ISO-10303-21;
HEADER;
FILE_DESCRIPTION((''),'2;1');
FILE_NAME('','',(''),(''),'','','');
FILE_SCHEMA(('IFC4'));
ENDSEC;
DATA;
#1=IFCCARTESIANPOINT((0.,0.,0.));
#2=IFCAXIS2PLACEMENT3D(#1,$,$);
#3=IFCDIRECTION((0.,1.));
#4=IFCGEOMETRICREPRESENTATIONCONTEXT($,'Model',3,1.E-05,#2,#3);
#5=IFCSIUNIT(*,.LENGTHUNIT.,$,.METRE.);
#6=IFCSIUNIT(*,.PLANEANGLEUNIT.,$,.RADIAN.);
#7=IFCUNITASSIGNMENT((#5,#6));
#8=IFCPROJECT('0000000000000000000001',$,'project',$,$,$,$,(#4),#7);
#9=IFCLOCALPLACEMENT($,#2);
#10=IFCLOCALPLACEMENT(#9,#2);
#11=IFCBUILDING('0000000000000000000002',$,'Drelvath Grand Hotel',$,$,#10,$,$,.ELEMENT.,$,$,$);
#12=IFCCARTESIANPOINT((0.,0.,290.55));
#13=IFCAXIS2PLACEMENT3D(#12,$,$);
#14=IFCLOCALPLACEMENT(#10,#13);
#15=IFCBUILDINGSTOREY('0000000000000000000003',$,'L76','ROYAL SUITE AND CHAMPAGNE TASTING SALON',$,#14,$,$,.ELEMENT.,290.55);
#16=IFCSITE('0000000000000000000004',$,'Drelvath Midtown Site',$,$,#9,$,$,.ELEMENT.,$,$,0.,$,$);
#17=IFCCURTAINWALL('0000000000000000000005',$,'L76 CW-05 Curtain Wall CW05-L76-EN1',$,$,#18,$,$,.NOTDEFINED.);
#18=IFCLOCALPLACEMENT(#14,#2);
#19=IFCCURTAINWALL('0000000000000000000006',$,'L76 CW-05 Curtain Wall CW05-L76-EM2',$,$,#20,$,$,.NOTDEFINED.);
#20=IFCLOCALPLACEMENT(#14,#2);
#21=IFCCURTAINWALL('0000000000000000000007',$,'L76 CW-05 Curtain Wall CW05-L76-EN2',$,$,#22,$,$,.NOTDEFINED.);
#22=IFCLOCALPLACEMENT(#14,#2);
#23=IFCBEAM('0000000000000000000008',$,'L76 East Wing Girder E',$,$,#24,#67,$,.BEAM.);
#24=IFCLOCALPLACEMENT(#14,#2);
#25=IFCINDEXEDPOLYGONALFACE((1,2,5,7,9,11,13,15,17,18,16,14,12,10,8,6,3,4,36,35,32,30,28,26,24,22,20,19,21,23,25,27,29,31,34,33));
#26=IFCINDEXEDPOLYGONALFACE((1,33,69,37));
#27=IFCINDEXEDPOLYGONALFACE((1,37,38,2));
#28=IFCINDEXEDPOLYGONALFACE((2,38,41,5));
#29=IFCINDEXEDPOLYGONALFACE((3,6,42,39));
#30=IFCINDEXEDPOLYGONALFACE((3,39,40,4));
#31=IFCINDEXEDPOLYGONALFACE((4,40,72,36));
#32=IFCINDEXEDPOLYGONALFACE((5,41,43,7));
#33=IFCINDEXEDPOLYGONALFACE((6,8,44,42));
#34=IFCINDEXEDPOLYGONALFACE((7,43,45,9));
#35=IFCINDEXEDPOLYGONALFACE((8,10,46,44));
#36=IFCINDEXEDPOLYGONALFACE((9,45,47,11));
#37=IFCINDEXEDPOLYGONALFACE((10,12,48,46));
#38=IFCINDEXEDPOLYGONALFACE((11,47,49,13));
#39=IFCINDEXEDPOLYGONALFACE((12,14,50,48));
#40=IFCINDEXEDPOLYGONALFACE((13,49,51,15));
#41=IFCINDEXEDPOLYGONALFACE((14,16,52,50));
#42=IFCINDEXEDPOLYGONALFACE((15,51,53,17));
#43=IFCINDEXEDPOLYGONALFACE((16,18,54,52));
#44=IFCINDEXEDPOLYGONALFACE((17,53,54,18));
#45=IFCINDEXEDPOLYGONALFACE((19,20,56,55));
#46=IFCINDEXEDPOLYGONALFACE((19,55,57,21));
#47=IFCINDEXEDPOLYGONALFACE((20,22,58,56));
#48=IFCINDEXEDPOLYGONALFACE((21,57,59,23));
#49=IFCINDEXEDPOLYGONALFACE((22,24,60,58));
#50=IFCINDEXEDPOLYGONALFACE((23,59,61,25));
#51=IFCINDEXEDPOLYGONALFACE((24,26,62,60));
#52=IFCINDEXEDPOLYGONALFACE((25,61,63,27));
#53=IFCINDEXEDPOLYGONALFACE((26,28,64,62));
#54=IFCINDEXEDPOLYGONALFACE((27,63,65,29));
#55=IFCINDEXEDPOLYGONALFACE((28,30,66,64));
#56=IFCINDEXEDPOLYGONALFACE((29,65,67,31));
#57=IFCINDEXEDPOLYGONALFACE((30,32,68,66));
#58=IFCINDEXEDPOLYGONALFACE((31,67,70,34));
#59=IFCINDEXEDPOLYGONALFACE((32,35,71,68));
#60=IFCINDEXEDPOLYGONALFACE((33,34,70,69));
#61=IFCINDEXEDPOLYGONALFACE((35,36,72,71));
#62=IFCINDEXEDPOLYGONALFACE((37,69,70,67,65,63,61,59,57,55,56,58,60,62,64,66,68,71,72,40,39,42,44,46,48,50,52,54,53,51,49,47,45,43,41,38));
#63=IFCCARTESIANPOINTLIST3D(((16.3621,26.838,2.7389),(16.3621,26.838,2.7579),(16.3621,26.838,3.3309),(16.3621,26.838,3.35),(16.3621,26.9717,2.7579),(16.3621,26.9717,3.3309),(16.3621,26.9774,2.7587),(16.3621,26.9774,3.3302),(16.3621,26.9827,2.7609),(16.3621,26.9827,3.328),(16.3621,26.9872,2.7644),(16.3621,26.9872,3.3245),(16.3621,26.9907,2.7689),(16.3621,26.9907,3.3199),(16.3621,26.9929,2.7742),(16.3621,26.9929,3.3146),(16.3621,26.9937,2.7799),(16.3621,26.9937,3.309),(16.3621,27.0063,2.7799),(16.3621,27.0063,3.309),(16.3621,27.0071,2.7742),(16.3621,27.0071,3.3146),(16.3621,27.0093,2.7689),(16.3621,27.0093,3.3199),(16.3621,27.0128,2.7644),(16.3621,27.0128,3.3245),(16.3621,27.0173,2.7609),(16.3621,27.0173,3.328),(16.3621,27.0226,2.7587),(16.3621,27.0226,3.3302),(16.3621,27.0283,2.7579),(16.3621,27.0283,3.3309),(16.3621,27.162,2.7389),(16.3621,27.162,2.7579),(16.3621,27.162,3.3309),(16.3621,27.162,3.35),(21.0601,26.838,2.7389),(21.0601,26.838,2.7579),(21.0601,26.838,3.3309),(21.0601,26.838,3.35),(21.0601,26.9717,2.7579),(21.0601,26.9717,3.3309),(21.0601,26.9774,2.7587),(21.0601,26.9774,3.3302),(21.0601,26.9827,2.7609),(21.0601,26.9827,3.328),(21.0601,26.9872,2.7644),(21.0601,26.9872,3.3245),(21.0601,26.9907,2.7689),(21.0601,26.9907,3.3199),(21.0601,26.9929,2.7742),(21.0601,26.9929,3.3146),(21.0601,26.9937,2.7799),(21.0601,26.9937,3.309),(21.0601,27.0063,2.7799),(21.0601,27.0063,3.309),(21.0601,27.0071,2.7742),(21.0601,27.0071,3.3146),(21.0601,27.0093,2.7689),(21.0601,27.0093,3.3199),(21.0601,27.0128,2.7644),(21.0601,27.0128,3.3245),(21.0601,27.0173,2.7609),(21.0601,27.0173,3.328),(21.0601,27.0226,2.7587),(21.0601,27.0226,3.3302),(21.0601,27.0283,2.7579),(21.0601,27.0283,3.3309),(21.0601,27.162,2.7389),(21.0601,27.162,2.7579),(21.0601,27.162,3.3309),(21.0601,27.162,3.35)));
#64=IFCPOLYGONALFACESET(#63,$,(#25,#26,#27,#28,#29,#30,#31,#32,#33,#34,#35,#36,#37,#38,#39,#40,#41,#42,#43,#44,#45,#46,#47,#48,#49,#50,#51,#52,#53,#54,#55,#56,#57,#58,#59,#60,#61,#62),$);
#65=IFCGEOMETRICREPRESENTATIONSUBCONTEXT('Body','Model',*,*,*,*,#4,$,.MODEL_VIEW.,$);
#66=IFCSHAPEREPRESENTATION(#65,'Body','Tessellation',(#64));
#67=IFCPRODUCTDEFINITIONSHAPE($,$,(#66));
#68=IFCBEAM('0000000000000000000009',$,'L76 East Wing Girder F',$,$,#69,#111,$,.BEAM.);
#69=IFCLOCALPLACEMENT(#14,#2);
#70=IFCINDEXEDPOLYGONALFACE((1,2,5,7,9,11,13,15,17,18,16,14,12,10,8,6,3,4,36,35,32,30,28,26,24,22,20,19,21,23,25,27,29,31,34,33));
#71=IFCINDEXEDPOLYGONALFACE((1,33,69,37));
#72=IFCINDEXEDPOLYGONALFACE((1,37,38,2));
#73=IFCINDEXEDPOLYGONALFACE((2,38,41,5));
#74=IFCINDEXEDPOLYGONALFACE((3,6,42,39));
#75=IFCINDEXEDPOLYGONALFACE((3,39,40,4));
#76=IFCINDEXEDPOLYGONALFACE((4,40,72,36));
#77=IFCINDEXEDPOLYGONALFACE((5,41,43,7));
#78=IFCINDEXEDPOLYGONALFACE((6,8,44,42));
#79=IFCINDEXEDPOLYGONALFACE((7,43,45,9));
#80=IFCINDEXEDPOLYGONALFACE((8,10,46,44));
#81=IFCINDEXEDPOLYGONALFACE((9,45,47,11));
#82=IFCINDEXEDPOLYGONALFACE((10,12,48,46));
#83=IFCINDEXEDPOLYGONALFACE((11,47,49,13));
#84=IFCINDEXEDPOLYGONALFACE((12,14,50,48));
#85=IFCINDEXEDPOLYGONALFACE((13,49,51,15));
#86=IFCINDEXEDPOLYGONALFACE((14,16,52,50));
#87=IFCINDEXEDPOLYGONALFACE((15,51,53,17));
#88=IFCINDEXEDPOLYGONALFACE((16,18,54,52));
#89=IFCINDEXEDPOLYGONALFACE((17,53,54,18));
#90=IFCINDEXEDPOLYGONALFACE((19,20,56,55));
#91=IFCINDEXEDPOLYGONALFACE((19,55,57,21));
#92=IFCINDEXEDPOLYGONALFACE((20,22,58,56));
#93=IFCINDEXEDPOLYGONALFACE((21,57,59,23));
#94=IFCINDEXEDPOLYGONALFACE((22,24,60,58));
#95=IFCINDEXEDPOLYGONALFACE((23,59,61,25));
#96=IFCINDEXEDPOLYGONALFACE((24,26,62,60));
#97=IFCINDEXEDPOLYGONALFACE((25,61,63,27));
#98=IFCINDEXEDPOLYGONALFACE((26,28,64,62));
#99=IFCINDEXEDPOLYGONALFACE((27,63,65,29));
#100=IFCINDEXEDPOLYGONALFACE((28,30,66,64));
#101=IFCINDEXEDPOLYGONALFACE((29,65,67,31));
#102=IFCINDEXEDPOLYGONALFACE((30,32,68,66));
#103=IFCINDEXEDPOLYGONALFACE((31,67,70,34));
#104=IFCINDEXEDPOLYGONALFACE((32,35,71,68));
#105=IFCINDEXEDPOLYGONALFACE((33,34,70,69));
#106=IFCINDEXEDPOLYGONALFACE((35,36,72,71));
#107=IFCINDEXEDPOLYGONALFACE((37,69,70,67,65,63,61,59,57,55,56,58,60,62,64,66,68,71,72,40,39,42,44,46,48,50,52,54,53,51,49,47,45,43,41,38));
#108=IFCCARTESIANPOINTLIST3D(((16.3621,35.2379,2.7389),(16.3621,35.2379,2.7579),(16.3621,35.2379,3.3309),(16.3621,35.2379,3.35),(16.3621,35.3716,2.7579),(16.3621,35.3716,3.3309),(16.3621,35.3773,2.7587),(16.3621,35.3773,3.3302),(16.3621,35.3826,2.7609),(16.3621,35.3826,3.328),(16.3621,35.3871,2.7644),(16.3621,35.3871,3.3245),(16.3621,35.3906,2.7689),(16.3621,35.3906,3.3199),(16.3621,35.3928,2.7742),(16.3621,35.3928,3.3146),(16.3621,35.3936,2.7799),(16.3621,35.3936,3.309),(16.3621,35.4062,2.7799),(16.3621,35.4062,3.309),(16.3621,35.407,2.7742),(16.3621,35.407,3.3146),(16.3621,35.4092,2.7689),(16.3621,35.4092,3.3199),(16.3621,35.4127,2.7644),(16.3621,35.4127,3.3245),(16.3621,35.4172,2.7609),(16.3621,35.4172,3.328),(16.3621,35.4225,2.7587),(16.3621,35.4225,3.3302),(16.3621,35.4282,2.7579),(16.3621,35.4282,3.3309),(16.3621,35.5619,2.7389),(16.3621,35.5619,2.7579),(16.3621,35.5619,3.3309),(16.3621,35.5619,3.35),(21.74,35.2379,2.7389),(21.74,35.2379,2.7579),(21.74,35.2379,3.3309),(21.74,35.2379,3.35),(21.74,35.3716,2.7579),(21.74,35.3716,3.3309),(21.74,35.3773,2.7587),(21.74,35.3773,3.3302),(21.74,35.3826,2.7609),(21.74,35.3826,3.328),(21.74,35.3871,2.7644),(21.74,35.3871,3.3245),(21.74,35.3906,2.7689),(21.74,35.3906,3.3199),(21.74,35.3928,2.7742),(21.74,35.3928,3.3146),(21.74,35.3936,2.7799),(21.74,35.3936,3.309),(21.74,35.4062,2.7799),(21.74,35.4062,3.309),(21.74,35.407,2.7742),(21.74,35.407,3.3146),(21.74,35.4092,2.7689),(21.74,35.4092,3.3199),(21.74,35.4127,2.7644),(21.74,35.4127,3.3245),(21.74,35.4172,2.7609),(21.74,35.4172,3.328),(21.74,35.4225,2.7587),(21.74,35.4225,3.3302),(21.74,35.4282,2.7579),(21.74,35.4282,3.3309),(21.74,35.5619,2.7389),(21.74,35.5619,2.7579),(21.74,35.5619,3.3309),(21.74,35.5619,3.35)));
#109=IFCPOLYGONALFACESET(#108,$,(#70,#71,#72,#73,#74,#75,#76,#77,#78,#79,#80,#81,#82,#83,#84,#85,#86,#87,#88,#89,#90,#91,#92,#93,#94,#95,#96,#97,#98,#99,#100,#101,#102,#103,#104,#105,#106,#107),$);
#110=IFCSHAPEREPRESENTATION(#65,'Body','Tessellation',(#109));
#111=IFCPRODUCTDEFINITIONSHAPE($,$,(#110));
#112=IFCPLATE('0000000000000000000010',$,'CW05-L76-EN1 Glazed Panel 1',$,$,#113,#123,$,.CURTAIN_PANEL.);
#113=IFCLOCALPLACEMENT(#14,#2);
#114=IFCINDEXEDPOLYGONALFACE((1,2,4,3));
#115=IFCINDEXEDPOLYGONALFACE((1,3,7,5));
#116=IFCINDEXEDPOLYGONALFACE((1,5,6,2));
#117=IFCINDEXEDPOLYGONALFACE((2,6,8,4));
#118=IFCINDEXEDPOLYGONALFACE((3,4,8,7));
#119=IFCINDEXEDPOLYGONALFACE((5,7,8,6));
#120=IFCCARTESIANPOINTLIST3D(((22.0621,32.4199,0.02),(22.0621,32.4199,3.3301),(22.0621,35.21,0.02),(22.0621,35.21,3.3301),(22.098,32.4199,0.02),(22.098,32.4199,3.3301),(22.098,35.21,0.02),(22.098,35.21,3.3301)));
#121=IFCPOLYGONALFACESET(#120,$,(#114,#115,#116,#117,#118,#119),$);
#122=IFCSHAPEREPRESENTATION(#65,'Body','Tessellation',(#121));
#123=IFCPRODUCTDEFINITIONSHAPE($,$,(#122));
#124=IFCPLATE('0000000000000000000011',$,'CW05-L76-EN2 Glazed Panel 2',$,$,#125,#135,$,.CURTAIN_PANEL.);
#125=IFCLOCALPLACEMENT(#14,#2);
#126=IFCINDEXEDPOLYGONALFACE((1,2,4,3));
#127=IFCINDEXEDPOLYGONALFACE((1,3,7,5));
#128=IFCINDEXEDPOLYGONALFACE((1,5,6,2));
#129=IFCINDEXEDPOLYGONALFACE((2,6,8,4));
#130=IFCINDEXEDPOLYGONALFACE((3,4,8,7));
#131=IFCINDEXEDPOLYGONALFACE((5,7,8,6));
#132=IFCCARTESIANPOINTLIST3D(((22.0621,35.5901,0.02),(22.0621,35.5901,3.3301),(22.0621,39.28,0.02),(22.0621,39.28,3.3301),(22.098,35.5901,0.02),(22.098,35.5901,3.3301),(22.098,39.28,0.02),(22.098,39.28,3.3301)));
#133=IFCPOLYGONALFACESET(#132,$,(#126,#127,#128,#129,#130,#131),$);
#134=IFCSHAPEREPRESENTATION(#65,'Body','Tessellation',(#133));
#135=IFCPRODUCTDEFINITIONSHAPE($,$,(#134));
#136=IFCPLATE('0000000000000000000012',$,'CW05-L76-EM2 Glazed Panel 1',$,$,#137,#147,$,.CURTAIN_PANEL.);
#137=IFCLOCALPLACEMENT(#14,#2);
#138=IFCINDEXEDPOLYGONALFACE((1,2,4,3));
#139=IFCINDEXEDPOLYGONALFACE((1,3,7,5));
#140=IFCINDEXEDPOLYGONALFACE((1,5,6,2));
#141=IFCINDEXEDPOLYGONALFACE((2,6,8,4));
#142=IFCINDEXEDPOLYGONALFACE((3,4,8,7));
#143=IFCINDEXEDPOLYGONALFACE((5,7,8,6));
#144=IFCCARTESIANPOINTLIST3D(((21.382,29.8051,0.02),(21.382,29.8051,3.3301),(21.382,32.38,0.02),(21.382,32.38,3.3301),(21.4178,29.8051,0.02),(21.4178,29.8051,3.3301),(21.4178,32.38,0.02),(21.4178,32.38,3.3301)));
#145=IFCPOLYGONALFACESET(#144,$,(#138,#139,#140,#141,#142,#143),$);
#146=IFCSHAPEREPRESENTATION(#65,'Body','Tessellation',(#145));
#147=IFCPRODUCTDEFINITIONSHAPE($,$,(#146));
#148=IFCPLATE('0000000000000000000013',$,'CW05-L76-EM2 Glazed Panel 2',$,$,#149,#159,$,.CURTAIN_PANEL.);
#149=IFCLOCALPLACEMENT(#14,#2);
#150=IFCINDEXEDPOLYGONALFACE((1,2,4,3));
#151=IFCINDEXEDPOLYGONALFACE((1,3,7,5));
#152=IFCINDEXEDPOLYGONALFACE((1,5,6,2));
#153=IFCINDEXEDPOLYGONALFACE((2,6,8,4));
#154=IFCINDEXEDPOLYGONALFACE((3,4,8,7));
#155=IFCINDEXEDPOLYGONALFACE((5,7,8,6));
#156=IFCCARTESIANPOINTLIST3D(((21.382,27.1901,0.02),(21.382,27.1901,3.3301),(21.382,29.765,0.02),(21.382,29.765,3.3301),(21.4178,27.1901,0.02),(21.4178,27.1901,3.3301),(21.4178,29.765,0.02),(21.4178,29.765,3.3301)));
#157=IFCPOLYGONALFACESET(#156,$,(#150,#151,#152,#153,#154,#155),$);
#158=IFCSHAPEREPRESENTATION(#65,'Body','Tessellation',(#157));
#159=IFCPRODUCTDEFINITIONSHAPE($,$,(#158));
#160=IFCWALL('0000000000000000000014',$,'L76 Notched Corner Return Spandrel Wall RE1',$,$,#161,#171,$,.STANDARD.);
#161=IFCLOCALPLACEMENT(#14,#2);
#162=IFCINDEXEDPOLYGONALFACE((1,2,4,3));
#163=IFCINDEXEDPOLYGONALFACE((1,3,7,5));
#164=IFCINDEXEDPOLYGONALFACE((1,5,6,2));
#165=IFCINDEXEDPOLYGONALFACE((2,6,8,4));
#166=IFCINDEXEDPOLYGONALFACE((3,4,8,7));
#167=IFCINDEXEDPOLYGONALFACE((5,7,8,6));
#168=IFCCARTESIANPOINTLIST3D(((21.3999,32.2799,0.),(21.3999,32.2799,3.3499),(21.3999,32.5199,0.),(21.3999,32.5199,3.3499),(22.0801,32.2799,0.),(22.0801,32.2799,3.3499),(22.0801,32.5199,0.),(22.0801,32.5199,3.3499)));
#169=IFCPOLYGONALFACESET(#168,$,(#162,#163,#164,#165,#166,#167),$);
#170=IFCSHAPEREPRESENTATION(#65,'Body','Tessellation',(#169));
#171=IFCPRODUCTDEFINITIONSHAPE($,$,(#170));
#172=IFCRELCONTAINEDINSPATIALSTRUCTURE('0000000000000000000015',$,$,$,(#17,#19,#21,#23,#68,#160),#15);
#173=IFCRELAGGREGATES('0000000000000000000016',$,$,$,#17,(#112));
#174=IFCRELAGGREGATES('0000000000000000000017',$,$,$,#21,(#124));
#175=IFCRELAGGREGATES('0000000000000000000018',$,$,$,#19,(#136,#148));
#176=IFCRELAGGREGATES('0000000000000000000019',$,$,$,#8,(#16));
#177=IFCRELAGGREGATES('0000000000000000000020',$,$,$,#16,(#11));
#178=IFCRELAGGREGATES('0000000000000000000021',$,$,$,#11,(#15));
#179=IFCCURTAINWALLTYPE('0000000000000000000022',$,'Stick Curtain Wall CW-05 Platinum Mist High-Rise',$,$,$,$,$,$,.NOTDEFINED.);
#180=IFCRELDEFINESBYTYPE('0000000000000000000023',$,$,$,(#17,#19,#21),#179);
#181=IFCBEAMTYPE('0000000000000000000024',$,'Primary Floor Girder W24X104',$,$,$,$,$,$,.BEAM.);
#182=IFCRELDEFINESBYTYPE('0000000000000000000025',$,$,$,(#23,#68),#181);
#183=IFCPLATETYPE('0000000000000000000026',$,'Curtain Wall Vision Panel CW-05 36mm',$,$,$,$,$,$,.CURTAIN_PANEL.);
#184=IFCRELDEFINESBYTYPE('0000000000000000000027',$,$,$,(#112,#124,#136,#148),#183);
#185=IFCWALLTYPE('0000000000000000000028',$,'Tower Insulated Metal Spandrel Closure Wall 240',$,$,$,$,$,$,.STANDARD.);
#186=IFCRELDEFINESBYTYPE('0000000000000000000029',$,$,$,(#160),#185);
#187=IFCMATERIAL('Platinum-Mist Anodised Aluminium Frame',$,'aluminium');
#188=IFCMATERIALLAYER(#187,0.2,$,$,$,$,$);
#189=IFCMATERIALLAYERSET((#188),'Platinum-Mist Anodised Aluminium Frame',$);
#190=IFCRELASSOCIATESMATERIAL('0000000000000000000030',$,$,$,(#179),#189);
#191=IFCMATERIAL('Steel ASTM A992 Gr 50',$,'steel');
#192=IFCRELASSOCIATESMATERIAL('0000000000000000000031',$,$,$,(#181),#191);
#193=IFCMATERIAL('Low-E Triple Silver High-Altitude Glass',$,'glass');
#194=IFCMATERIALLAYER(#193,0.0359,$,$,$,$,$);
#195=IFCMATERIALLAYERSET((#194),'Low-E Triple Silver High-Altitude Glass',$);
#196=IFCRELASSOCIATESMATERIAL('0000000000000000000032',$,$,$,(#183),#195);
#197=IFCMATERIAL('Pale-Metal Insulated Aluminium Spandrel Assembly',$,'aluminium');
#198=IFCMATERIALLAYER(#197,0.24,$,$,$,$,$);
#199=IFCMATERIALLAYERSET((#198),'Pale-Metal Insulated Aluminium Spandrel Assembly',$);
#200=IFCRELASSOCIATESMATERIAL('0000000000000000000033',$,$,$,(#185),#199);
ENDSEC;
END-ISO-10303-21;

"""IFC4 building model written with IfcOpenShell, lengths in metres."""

from ifc_helpers import new_model, si_unit, direction, frame, frame_2d, origin, origin_2d, place, context, subcontext, project, spatial, rectangle, i_section, extrude, material, layer, layer_set, material_profile, profile_set, type_object, element, aggregate, save


model = new_model("IFC4")

# Units and contexts
model_context = context("Model", 3, precision=1e-05, world=origin(), true_north=direction((0.0, 1.0)))
body_context = subcontext(model_context, "Body", "Model", "MODEL_VIEW")
ifc_project = project(units=[si_unit("LENGTHUNIT", "METRE"), si_unit("PLANEANGLEUNIT", "RADIAN")], contexts=[model_context])

# Site, building, storey
site_placement = place(None, origin())
site = spatial("IfcSite", under=ifc_project, at=site_placement, Name="Drelvath Midtown Site", CompositionType="ELEMENT", RefElevation=0.0)
building_placement = place(site_placement, origin())
building = spatial("IfcBuilding", under=site, at=building_placement, Name="Drelvath Grand Hotel", CompositionType="ELEMENT")
storey_placement = place(building_placement, frame((0.0, 0.0, 290.55)))
storey = spatial("IfcBuildingStorey", under=building, at=storey_placement, Name="L76", Description="ROYAL SUITE AND CHAMPAGNE TASTING SALON", CompositionType="ELEMENT", Elevation=290.55)

# Curtain walls
ifc_material_1 = material(Name="Platinum-Mist Anodised Aluminium Frame", Category="aluminium")
ifc_layer_1 = layer(ifc_material_1, 0.2)
ifc_layer_set_1 = layer_set([ifc_layer_1], Name="Platinum-Mist Anodised Aluminium Frame")
curtain_wall_type = type_object("IfcCurtainWallType", Name="Stick Curtain Wall CW-05 Platinum Mist High-Rise", PredefinedType="NOTDEFINED", material=ifc_layer_set_1)
curtain_wall_1_placement = place(storey_placement, origin())
curtain_wall_1 = element("IfcCurtainWall", 1, at=curtain_wall_1_placement, inside=storey, type_object=curtain_wall_type, Name="L76 CW-05 Curtain Wall CW05-L76-EN1", PredefinedType="NOTDEFINED")
curtain_wall_2_placement = place(storey_placement, origin())
curtain_wall_2 = element("IfcCurtainWall", 2, at=curtain_wall_2_placement, inside=storey, type_object=curtain_wall_type, Name="L76 CW-05 Curtain Wall CW05-L76-EM2", PredefinedType="NOTDEFINED")

# Curtain wall
curtain_wall_3_placement = place(storey_placement, origin())
curtain_wall_3 = element("IfcCurtainWall", 3, at=curtain_wall_3_placement, inside=storey, type_object=curtain_wall_type, Name="L76 CW-05 Curtain Wall CW05-L76-EN2", PredefinedType="NOTDEFINED")

# Beams
ifc_material_2 = material(Name="Steel ASTM A992 Gr 50", Category="steel")
ifc_material_profile_1 = material_profile(ifc_material_2, i_section(OverallWidth=0.324, OverallDepth=0.6111, WebThickness=0.0127, FlangeThickness=0.019, FilletRadius=0.022, at=origin_2d()), Name="W24X104")
ifc_profile_set_1 = profile_set([ifc_material_profile_1], Name="Steel ASTM A992 Gr 50")
beam_type_1 = type_object("IfcBeamType", Name="Primary Floor Girder W24X104", PredefinedType="BEAM", material=ifc_profile_set_1)
beam_1_placement = place(storey_placement, frame((16.3621, 27.0, 3.0444), z_axis=(1.0, 0.0, 0.0), x_axis=(0.0, 1.0, 0.0)))
element("IfcBeam", 4, at=beam_1_placement, inside=storey, type_object=beam_type_1, Name="L76 East Wing Girder E", PredefinedType="BEAM", context=body_context, shape_type="SweptSolid", body=[
    extrude(i_section(OverallWidth=0.324, OverallDepth=0.6111, WebThickness=0.0127, FlangeThickness=0.019, FilletRadius=0.022, at=origin_2d()), origin(), (0.0, 0.0, 1.0), 4.698),
])
beam_2_placement = place(storey_placement, frame((16.3621, 35.3999, 3.0444), z_axis=(1.0, 0.0, 0.0), x_axis=(0.0, 1.0, 0.0)))
element("IfcBeam", 5, at=beam_2_placement, inside=storey, type_object=beam_type_1, Name="L76 East Wing Girder F", PredefinedType="BEAM", context=body_context, shape_type="SweptSolid", body=[
    extrude(i_section(OverallWidth=0.324, OverallDepth=0.6111, WebThickness=0.0127, FlangeThickness=0.019, FilletRadius=0.022, at=origin_2d()), origin(), (0.0, 0.0, 1.0), 5.3779),
])

# Plates
ifc_material_3 = material(Name="Low-E Triple Silver High-Altitude Glass", Category="glass")
ifc_layer_2 = layer(ifc_material_3, 0.0359)
ifc_layer_set_2 = layer_set([ifc_layer_2], Name="Low-E Triple Silver High-Altitude Glass")
plate_type = type_object("IfcPlateType", Name="Curtain Wall Vision Panel CW-05 36mm", PredefinedType="CURTAIN_PANEL", material=ifc_layer_set_2)
plate_1_placement = place(storey_placement, frame((22.0801, 33.8149, 0.02), z_axis=(0.0, 0.0, 1.0), x_axis=(0.0, -1.0, 0.0)))
plate_1 = element("IfcPlate", 6, at=plate_1_placement, type_object=plate_type, Name="CW05-L76-EN1 Glazed Panel 1", PredefinedType="CURTAIN_PANEL", context=body_context, shape_type="SweptSolid", body=[
    extrude(rectangle(XDim=2.79, YDim=0.0359, at=origin_2d()), origin(), (0.0, 0.0, 1.0), 3.3101),
])
aggregate(curtain_wall_1, [plate_1])
plate_2_placement = place(storey_placement, frame((22.0801, 37.4351, 0.02), z_axis=(0.0, 0.0, 1.0), x_axis=(0.0, -1.0, 0.0)))
plate_2 = element("IfcPlate", 7, at=plate_2_placement, type_object=plate_type, Name="CW05-L76-EN2 Glazed Panel 2", PredefinedType="CURTAIN_PANEL", context=body_context, shape_type="SweptSolid", body=[
    extrude(rectangle(XDim=3.6899, YDim=0.0359, at=origin_2d()), origin(), (0.0, 0.0, 1.0), 3.3101),
])
aggregate(curtain_wall_3, [plate_2])
plate_3_placement = place(storey_placement, frame((21.3999, 31.0925, 0.02), z_axis=(0.0, 0.0, 1.0), x_axis=(0.0, -1.0, 0.0)))
plate_3 = element("IfcPlate", 8, at=plate_3_placement, type_object=plate_type, Name="CW05-L76-EM2 Glazed Panel 1", PredefinedType="CURTAIN_PANEL", context=body_context, shape_type="SweptSolid", body=[
    extrude(rectangle(XDim=2.575, YDim=0.0359, at=origin_2d()), origin(), (0.0, 0.0, 1.0), 3.3101),
])
plate_4_placement = place(storey_placement, frame((21.3999, 28.4775, 0.02), z_axis=(0.0, 0.0, 1.0), x_axis=(0.0, -1.0, 0.0)))
plate_4 = element("IfcPlate", 9, at=plate_4_placement, type_object=plate_type, Name="CW05-L76-EM2 Glazed Panel 2", PredefinedType="CURTAIN_PANEL", context=body_context, shape_type="SweptSolid", body=[
    extrude(rectangle(XDim=2.575, YDim=0.0359, at=origin_2d()), origin(), (0.0, 0.0, 1.0), 3.3101),
])
aggregate(curtain_wall_2, [plate_3, plate_4])

# Wall
ifc_material_4 = material(Name="Pale-Metal Insulated Aluminium Spandrel Assembly", Category="aluminium")
ifc_layer_3 = layer(ifc_material_4, 0.24)
ifc_layer_set_3 = layer_set([ifc_layer_3], Name="Pale-Metal Insulated Aluminium Spandrel Assembly")
wall_type = type_object("IfcWallType", Name="Tower Insulated Metal Spandrel Closure Wall 240", PredefinedType="STANDARD", material=ifc_layer_set_3)
wall_placement = place(storey_placement, frame((22.0801, 32.3999, 0.0), z_axis=(0.0, 0.0, 1.0), x_axis=(-1.0, 0.0, 0.0)))
element("IfcWall", 10, at=wall_placement, inside=storey, type_object=wall_type, Name="L76 Notched Corner Return Spandrel Wall RE1", PredefinedType="STANDARD", context=body_context, shape_type="SweptSolid", body=[
    extrude(rectangle(XDim=0.6802, YDim=0.24, at=frame_2d((0.3401, 0.0))), origin(), (0.0, 0.0, 1.0), 3.3499),
])

save(model, "model.ifc")
